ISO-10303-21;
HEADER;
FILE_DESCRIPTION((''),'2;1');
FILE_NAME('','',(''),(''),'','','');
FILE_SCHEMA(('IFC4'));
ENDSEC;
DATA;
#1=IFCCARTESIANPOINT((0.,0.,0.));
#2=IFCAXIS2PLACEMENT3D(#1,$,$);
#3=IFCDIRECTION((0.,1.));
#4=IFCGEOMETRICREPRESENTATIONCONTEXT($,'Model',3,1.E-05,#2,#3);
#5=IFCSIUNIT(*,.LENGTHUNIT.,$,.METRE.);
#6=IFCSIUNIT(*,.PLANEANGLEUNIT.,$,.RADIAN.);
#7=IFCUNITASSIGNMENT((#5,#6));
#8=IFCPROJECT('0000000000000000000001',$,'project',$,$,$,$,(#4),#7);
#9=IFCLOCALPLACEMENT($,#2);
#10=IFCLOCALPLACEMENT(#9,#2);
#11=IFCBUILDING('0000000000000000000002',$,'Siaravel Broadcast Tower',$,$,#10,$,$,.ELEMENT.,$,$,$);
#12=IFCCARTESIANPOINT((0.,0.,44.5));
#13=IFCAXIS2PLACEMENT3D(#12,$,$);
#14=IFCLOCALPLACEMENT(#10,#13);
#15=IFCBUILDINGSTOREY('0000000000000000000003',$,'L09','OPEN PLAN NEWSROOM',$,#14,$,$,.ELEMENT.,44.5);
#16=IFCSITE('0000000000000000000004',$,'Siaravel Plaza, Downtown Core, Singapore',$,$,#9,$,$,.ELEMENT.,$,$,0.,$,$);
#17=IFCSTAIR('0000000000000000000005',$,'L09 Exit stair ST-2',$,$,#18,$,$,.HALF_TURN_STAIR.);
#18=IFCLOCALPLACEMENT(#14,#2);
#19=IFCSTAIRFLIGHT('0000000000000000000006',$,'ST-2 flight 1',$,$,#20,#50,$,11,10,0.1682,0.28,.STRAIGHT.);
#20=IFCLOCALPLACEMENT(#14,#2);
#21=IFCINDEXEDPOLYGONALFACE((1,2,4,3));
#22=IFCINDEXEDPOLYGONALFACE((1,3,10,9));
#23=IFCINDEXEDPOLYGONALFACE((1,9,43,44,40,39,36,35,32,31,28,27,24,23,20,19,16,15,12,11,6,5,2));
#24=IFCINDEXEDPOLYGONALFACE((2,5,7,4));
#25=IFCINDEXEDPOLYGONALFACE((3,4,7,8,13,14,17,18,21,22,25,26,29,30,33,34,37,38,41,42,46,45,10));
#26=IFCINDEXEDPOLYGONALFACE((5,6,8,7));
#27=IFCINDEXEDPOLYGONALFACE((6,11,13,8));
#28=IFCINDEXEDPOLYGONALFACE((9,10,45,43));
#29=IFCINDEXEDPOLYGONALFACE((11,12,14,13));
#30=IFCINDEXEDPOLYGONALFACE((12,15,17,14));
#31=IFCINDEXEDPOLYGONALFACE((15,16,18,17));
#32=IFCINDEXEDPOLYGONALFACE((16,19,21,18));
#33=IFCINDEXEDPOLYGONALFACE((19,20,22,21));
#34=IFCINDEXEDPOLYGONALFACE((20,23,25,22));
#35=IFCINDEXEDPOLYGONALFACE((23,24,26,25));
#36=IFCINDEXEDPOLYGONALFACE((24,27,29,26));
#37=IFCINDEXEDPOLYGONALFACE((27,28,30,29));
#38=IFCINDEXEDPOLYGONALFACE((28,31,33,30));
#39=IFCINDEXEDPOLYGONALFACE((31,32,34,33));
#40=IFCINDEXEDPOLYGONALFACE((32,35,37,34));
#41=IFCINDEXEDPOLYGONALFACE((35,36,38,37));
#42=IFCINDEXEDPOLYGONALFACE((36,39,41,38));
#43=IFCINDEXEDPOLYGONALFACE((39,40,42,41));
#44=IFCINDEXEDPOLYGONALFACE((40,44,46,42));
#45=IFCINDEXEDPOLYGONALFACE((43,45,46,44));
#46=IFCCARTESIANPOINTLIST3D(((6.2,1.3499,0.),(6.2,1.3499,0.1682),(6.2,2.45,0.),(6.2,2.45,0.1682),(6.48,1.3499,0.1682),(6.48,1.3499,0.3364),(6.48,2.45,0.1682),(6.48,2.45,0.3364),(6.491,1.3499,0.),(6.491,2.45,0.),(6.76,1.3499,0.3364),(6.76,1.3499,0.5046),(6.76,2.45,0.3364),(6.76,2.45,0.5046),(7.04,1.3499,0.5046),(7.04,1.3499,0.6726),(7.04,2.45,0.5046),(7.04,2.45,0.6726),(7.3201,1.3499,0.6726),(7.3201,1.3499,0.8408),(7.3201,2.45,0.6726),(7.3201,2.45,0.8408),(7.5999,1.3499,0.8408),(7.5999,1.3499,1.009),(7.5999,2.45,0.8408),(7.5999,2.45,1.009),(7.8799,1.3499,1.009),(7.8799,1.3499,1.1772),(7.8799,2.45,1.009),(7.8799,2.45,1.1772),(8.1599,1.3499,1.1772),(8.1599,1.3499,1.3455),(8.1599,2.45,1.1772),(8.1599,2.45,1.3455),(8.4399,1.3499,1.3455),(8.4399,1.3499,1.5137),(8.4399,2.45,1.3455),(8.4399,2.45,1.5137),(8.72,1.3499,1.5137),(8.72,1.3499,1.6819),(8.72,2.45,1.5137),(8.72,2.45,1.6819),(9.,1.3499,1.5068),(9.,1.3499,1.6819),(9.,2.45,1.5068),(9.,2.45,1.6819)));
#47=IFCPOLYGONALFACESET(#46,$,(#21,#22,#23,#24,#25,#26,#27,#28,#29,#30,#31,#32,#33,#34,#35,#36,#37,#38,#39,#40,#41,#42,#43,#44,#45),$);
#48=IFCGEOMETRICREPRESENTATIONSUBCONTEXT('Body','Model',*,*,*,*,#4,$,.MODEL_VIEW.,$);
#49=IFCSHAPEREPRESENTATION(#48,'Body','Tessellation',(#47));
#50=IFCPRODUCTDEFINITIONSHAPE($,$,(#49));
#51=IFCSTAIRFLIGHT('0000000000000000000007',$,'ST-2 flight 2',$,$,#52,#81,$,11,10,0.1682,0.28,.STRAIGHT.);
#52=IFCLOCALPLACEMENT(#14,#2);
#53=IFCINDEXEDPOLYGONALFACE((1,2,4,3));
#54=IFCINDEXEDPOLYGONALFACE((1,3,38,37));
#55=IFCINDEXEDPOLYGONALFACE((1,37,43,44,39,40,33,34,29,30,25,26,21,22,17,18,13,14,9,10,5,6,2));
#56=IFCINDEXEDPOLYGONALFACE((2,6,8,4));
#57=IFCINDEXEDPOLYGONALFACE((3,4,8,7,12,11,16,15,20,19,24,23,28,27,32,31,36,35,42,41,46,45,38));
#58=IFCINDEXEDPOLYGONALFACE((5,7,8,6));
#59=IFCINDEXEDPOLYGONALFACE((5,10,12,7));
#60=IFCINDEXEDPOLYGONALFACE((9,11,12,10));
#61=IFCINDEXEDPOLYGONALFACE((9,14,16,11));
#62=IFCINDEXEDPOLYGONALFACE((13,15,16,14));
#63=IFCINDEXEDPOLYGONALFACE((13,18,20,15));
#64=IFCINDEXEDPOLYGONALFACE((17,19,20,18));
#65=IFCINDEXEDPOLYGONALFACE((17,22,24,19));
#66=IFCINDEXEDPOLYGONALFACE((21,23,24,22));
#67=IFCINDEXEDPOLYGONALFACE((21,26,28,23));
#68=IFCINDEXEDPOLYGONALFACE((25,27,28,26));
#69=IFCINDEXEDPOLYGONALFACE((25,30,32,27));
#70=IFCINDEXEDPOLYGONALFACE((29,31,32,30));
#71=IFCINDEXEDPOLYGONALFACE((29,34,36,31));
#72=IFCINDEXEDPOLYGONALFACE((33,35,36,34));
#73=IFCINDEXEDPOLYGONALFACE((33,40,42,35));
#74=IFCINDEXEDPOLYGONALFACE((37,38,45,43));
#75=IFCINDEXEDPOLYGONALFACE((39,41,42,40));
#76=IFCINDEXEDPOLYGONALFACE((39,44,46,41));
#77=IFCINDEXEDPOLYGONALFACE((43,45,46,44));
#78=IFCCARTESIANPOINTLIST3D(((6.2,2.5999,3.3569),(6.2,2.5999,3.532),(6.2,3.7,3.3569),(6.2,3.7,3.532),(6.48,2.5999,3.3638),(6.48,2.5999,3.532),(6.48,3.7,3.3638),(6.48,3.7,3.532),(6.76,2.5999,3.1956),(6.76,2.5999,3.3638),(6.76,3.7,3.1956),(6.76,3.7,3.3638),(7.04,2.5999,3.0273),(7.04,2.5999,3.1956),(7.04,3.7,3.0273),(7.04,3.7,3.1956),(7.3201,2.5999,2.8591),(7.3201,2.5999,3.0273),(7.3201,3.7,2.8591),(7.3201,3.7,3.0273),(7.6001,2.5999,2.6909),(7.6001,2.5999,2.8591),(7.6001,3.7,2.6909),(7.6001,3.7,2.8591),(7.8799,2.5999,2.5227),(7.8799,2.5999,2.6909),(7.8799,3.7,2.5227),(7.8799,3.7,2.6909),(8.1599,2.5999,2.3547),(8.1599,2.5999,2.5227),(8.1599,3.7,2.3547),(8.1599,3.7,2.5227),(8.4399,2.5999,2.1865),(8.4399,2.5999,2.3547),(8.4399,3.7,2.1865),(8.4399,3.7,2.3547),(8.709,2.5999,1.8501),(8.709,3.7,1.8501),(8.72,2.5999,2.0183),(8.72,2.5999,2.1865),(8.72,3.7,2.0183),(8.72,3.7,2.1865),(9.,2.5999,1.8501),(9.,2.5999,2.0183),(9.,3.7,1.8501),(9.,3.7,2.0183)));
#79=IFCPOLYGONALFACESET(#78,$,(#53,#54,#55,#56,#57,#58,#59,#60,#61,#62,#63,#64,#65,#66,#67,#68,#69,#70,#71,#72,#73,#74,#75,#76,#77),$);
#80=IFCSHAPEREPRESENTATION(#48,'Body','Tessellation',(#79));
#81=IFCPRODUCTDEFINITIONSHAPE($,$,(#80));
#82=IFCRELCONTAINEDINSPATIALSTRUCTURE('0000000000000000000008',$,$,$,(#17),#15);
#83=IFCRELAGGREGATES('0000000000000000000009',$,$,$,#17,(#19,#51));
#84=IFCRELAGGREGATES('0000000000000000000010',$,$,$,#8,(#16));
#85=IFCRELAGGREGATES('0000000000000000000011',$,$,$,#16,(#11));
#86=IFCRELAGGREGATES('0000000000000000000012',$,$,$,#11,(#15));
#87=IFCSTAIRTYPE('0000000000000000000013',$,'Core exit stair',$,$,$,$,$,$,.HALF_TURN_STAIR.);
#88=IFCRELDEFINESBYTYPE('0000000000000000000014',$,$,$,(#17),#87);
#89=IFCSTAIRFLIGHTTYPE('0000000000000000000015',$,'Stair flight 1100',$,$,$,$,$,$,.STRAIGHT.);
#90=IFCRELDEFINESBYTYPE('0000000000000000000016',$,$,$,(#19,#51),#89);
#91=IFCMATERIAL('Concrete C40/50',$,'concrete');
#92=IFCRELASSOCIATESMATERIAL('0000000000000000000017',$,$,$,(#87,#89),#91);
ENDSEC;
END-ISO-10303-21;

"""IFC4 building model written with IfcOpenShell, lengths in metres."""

from ifc_helpers import new_model, si_unit, direction, frame, origin, place, context, subcontext, project, spatial, polyline, outline, extrude, material, type_object, element, aggregate, save


model = new_model("IFC4")

# Units and contexts
model_context = context("Model", 3, precision=1e-05, world=origin(), true_north=direction((0.0, 1.0)))
body_context = subcontext(model_context, "Body", "Model", "MODEL_VIEW")
ifc_project = project(units=[si_unit("LENGTHUNIT", "METRE"), si_unit("PLANEANGLEUNIT", "RADIAN")], contexts=[model_context])

# Site, building, storey
site_placement = place(None, origin())
site = spatial("IfcSite", under=ifc_project, at=site_placement, Name="Siaravel Plaza, Downtown Core, Singapore", CompositionType="ELEMENT", RefElevation=0.0)
building_placement = place(site_placement, origin())
building = spatial("IfcBuilding", under=site, at=building_placement, Name="Siaravel Broadcast Tower", CompositionType="ELEMENT")
storey_placement = place(building_placement, frame((0.0, 0.0, 44.5)))
storey = spatial("IfcBuildingStorey", under=building, at=storey_placement, Name="L09", Description="OPEN PLAN NEWSROOM", CompositionType="ELEMENT", Elevation=44.5)

# Stair, stair flights
ifc_material_1 = material(Name="Concrete C40/50", Category="concrete")
stair_type = type_object("IfcStairType", Name="Core exit stair", PredefinedType="HALF_TURN_STAIR", material=ifc_material_1)
stair_placement = place(storey_placement, origin())
stair = element("IfcStair", 1, at=stair_placement, inside=storey, type_object=stair_type, Name="L09 Exit stair ST-2", PredefinedType="HALF_TURN_STAIR")
stair_flight_type = type_object("IfcStairFlightType", Name="Stair flight 1100", PredefinedType="STRAIGHT", material=ifc_material_1)
stair_flight_1_placement = place(storey_placement, frame((6.2, 1.8999, 0.0), z_axis=(0.0, 0.0, 1.0), x_axis=(1.0, 0.0, 0.0)))
stair_flight_1 = element("IfcStairFlight", 2, at=stair_flight_1_placement, type_object=stair_flight_type, Name="ST-2 flight 1", NumberOfRisers=11, NumberOfTreads=10, PredefinedType="STRAIGHT", RiserHeight=0.1682, TreadLength=0.28, context=body_context, shape_type="SweptSolid", body=[
    extrude(outline(polyline([(0.0, 0.0), (0.0, 0.1682), (0.28, 0.1682), (0.28, 0.3364), (0.5601, 0.3364), (0.5601, 0.5046), (0.8401, 0.5046), (0.8401, 0.6726), (1.1201, 0.6726), (1.1201, 0.8408), (1.3999, 0.8408), (1.3999, 1.009), (1.6799, 1.009), (1.6799, 1.1772), (1.96, 1.1772), (1.96, 1.3455), (2.24, 1.3455), (2.24, 1.5137), (2.52, 1.5137), (2.52, 1.6819), (2.8, 1.6819), (2.8, 1.8501), (2.8, 1.5068), (0.291, 0.0), (0.0, 0.0)])), frame((0.0, 0.55, 0.0), z_axis=(0.0, -1.0, 0.0), x_axis=(1.0, 0.0, 0.0)), (0.0, 0.0, 1.0), 1.1001),
])
stair_flight_2_placement = place(storey_placement, frame((9.0, 3.1499, 1.8501), z_axis=(0.0, 0.0, 1.0), x_axis=(-1.0, 0.0, 0.0)))
stair_flight_2 = element("IfcStairFlight", 3, at=stair_flight_2_placement, type_object=stair_flight_type, Name="ST-2 flight 2", NumberOfRisers=11, NumberOfTreads=10, PredefinedType="STRAIGHT", RiserHeight=0.1682, TreadLength=0.28, context=body_context, shape_type="SweptSolid", body=[
    extrude(outline(polyline([(0.0, 0.0), (0.0, 0.1682), (0.28, 0.1682), (0.28, 0.3364), (0.5601, 0.3364), (0.5601, 0.5046), (0.8401, 0.5046), (0.8401, 0.6726), (1.1201, 0.6726), (1.1201, 0.8408), (1.3999, 0.8408), (1.3999, 1.009), (1.6799, 1.009), (1.6799, 1.1772), (1.96, 1.1772), (1.96, 1.3455), (2.24, 1.3455), (2.24, 1.5137), (2.52, 1.5137), (2.52, 1.6819), (2.8, 1.6819), (2.8, 1.8501), (2.8, 1.5068), (0.291, 0.0), (0.0, 0.0)])), frame((0.0, 0.55, 0.0), z_axis=(0.0, -1.0, 0.0), x_axis=(1.0, 0.0, 0.0)), (0.0, 0.0, 1.0), 1.1001),
])
aggregate(stair, [stair_flight_1, stair_flight_2])

save(model, "model.ifc")
